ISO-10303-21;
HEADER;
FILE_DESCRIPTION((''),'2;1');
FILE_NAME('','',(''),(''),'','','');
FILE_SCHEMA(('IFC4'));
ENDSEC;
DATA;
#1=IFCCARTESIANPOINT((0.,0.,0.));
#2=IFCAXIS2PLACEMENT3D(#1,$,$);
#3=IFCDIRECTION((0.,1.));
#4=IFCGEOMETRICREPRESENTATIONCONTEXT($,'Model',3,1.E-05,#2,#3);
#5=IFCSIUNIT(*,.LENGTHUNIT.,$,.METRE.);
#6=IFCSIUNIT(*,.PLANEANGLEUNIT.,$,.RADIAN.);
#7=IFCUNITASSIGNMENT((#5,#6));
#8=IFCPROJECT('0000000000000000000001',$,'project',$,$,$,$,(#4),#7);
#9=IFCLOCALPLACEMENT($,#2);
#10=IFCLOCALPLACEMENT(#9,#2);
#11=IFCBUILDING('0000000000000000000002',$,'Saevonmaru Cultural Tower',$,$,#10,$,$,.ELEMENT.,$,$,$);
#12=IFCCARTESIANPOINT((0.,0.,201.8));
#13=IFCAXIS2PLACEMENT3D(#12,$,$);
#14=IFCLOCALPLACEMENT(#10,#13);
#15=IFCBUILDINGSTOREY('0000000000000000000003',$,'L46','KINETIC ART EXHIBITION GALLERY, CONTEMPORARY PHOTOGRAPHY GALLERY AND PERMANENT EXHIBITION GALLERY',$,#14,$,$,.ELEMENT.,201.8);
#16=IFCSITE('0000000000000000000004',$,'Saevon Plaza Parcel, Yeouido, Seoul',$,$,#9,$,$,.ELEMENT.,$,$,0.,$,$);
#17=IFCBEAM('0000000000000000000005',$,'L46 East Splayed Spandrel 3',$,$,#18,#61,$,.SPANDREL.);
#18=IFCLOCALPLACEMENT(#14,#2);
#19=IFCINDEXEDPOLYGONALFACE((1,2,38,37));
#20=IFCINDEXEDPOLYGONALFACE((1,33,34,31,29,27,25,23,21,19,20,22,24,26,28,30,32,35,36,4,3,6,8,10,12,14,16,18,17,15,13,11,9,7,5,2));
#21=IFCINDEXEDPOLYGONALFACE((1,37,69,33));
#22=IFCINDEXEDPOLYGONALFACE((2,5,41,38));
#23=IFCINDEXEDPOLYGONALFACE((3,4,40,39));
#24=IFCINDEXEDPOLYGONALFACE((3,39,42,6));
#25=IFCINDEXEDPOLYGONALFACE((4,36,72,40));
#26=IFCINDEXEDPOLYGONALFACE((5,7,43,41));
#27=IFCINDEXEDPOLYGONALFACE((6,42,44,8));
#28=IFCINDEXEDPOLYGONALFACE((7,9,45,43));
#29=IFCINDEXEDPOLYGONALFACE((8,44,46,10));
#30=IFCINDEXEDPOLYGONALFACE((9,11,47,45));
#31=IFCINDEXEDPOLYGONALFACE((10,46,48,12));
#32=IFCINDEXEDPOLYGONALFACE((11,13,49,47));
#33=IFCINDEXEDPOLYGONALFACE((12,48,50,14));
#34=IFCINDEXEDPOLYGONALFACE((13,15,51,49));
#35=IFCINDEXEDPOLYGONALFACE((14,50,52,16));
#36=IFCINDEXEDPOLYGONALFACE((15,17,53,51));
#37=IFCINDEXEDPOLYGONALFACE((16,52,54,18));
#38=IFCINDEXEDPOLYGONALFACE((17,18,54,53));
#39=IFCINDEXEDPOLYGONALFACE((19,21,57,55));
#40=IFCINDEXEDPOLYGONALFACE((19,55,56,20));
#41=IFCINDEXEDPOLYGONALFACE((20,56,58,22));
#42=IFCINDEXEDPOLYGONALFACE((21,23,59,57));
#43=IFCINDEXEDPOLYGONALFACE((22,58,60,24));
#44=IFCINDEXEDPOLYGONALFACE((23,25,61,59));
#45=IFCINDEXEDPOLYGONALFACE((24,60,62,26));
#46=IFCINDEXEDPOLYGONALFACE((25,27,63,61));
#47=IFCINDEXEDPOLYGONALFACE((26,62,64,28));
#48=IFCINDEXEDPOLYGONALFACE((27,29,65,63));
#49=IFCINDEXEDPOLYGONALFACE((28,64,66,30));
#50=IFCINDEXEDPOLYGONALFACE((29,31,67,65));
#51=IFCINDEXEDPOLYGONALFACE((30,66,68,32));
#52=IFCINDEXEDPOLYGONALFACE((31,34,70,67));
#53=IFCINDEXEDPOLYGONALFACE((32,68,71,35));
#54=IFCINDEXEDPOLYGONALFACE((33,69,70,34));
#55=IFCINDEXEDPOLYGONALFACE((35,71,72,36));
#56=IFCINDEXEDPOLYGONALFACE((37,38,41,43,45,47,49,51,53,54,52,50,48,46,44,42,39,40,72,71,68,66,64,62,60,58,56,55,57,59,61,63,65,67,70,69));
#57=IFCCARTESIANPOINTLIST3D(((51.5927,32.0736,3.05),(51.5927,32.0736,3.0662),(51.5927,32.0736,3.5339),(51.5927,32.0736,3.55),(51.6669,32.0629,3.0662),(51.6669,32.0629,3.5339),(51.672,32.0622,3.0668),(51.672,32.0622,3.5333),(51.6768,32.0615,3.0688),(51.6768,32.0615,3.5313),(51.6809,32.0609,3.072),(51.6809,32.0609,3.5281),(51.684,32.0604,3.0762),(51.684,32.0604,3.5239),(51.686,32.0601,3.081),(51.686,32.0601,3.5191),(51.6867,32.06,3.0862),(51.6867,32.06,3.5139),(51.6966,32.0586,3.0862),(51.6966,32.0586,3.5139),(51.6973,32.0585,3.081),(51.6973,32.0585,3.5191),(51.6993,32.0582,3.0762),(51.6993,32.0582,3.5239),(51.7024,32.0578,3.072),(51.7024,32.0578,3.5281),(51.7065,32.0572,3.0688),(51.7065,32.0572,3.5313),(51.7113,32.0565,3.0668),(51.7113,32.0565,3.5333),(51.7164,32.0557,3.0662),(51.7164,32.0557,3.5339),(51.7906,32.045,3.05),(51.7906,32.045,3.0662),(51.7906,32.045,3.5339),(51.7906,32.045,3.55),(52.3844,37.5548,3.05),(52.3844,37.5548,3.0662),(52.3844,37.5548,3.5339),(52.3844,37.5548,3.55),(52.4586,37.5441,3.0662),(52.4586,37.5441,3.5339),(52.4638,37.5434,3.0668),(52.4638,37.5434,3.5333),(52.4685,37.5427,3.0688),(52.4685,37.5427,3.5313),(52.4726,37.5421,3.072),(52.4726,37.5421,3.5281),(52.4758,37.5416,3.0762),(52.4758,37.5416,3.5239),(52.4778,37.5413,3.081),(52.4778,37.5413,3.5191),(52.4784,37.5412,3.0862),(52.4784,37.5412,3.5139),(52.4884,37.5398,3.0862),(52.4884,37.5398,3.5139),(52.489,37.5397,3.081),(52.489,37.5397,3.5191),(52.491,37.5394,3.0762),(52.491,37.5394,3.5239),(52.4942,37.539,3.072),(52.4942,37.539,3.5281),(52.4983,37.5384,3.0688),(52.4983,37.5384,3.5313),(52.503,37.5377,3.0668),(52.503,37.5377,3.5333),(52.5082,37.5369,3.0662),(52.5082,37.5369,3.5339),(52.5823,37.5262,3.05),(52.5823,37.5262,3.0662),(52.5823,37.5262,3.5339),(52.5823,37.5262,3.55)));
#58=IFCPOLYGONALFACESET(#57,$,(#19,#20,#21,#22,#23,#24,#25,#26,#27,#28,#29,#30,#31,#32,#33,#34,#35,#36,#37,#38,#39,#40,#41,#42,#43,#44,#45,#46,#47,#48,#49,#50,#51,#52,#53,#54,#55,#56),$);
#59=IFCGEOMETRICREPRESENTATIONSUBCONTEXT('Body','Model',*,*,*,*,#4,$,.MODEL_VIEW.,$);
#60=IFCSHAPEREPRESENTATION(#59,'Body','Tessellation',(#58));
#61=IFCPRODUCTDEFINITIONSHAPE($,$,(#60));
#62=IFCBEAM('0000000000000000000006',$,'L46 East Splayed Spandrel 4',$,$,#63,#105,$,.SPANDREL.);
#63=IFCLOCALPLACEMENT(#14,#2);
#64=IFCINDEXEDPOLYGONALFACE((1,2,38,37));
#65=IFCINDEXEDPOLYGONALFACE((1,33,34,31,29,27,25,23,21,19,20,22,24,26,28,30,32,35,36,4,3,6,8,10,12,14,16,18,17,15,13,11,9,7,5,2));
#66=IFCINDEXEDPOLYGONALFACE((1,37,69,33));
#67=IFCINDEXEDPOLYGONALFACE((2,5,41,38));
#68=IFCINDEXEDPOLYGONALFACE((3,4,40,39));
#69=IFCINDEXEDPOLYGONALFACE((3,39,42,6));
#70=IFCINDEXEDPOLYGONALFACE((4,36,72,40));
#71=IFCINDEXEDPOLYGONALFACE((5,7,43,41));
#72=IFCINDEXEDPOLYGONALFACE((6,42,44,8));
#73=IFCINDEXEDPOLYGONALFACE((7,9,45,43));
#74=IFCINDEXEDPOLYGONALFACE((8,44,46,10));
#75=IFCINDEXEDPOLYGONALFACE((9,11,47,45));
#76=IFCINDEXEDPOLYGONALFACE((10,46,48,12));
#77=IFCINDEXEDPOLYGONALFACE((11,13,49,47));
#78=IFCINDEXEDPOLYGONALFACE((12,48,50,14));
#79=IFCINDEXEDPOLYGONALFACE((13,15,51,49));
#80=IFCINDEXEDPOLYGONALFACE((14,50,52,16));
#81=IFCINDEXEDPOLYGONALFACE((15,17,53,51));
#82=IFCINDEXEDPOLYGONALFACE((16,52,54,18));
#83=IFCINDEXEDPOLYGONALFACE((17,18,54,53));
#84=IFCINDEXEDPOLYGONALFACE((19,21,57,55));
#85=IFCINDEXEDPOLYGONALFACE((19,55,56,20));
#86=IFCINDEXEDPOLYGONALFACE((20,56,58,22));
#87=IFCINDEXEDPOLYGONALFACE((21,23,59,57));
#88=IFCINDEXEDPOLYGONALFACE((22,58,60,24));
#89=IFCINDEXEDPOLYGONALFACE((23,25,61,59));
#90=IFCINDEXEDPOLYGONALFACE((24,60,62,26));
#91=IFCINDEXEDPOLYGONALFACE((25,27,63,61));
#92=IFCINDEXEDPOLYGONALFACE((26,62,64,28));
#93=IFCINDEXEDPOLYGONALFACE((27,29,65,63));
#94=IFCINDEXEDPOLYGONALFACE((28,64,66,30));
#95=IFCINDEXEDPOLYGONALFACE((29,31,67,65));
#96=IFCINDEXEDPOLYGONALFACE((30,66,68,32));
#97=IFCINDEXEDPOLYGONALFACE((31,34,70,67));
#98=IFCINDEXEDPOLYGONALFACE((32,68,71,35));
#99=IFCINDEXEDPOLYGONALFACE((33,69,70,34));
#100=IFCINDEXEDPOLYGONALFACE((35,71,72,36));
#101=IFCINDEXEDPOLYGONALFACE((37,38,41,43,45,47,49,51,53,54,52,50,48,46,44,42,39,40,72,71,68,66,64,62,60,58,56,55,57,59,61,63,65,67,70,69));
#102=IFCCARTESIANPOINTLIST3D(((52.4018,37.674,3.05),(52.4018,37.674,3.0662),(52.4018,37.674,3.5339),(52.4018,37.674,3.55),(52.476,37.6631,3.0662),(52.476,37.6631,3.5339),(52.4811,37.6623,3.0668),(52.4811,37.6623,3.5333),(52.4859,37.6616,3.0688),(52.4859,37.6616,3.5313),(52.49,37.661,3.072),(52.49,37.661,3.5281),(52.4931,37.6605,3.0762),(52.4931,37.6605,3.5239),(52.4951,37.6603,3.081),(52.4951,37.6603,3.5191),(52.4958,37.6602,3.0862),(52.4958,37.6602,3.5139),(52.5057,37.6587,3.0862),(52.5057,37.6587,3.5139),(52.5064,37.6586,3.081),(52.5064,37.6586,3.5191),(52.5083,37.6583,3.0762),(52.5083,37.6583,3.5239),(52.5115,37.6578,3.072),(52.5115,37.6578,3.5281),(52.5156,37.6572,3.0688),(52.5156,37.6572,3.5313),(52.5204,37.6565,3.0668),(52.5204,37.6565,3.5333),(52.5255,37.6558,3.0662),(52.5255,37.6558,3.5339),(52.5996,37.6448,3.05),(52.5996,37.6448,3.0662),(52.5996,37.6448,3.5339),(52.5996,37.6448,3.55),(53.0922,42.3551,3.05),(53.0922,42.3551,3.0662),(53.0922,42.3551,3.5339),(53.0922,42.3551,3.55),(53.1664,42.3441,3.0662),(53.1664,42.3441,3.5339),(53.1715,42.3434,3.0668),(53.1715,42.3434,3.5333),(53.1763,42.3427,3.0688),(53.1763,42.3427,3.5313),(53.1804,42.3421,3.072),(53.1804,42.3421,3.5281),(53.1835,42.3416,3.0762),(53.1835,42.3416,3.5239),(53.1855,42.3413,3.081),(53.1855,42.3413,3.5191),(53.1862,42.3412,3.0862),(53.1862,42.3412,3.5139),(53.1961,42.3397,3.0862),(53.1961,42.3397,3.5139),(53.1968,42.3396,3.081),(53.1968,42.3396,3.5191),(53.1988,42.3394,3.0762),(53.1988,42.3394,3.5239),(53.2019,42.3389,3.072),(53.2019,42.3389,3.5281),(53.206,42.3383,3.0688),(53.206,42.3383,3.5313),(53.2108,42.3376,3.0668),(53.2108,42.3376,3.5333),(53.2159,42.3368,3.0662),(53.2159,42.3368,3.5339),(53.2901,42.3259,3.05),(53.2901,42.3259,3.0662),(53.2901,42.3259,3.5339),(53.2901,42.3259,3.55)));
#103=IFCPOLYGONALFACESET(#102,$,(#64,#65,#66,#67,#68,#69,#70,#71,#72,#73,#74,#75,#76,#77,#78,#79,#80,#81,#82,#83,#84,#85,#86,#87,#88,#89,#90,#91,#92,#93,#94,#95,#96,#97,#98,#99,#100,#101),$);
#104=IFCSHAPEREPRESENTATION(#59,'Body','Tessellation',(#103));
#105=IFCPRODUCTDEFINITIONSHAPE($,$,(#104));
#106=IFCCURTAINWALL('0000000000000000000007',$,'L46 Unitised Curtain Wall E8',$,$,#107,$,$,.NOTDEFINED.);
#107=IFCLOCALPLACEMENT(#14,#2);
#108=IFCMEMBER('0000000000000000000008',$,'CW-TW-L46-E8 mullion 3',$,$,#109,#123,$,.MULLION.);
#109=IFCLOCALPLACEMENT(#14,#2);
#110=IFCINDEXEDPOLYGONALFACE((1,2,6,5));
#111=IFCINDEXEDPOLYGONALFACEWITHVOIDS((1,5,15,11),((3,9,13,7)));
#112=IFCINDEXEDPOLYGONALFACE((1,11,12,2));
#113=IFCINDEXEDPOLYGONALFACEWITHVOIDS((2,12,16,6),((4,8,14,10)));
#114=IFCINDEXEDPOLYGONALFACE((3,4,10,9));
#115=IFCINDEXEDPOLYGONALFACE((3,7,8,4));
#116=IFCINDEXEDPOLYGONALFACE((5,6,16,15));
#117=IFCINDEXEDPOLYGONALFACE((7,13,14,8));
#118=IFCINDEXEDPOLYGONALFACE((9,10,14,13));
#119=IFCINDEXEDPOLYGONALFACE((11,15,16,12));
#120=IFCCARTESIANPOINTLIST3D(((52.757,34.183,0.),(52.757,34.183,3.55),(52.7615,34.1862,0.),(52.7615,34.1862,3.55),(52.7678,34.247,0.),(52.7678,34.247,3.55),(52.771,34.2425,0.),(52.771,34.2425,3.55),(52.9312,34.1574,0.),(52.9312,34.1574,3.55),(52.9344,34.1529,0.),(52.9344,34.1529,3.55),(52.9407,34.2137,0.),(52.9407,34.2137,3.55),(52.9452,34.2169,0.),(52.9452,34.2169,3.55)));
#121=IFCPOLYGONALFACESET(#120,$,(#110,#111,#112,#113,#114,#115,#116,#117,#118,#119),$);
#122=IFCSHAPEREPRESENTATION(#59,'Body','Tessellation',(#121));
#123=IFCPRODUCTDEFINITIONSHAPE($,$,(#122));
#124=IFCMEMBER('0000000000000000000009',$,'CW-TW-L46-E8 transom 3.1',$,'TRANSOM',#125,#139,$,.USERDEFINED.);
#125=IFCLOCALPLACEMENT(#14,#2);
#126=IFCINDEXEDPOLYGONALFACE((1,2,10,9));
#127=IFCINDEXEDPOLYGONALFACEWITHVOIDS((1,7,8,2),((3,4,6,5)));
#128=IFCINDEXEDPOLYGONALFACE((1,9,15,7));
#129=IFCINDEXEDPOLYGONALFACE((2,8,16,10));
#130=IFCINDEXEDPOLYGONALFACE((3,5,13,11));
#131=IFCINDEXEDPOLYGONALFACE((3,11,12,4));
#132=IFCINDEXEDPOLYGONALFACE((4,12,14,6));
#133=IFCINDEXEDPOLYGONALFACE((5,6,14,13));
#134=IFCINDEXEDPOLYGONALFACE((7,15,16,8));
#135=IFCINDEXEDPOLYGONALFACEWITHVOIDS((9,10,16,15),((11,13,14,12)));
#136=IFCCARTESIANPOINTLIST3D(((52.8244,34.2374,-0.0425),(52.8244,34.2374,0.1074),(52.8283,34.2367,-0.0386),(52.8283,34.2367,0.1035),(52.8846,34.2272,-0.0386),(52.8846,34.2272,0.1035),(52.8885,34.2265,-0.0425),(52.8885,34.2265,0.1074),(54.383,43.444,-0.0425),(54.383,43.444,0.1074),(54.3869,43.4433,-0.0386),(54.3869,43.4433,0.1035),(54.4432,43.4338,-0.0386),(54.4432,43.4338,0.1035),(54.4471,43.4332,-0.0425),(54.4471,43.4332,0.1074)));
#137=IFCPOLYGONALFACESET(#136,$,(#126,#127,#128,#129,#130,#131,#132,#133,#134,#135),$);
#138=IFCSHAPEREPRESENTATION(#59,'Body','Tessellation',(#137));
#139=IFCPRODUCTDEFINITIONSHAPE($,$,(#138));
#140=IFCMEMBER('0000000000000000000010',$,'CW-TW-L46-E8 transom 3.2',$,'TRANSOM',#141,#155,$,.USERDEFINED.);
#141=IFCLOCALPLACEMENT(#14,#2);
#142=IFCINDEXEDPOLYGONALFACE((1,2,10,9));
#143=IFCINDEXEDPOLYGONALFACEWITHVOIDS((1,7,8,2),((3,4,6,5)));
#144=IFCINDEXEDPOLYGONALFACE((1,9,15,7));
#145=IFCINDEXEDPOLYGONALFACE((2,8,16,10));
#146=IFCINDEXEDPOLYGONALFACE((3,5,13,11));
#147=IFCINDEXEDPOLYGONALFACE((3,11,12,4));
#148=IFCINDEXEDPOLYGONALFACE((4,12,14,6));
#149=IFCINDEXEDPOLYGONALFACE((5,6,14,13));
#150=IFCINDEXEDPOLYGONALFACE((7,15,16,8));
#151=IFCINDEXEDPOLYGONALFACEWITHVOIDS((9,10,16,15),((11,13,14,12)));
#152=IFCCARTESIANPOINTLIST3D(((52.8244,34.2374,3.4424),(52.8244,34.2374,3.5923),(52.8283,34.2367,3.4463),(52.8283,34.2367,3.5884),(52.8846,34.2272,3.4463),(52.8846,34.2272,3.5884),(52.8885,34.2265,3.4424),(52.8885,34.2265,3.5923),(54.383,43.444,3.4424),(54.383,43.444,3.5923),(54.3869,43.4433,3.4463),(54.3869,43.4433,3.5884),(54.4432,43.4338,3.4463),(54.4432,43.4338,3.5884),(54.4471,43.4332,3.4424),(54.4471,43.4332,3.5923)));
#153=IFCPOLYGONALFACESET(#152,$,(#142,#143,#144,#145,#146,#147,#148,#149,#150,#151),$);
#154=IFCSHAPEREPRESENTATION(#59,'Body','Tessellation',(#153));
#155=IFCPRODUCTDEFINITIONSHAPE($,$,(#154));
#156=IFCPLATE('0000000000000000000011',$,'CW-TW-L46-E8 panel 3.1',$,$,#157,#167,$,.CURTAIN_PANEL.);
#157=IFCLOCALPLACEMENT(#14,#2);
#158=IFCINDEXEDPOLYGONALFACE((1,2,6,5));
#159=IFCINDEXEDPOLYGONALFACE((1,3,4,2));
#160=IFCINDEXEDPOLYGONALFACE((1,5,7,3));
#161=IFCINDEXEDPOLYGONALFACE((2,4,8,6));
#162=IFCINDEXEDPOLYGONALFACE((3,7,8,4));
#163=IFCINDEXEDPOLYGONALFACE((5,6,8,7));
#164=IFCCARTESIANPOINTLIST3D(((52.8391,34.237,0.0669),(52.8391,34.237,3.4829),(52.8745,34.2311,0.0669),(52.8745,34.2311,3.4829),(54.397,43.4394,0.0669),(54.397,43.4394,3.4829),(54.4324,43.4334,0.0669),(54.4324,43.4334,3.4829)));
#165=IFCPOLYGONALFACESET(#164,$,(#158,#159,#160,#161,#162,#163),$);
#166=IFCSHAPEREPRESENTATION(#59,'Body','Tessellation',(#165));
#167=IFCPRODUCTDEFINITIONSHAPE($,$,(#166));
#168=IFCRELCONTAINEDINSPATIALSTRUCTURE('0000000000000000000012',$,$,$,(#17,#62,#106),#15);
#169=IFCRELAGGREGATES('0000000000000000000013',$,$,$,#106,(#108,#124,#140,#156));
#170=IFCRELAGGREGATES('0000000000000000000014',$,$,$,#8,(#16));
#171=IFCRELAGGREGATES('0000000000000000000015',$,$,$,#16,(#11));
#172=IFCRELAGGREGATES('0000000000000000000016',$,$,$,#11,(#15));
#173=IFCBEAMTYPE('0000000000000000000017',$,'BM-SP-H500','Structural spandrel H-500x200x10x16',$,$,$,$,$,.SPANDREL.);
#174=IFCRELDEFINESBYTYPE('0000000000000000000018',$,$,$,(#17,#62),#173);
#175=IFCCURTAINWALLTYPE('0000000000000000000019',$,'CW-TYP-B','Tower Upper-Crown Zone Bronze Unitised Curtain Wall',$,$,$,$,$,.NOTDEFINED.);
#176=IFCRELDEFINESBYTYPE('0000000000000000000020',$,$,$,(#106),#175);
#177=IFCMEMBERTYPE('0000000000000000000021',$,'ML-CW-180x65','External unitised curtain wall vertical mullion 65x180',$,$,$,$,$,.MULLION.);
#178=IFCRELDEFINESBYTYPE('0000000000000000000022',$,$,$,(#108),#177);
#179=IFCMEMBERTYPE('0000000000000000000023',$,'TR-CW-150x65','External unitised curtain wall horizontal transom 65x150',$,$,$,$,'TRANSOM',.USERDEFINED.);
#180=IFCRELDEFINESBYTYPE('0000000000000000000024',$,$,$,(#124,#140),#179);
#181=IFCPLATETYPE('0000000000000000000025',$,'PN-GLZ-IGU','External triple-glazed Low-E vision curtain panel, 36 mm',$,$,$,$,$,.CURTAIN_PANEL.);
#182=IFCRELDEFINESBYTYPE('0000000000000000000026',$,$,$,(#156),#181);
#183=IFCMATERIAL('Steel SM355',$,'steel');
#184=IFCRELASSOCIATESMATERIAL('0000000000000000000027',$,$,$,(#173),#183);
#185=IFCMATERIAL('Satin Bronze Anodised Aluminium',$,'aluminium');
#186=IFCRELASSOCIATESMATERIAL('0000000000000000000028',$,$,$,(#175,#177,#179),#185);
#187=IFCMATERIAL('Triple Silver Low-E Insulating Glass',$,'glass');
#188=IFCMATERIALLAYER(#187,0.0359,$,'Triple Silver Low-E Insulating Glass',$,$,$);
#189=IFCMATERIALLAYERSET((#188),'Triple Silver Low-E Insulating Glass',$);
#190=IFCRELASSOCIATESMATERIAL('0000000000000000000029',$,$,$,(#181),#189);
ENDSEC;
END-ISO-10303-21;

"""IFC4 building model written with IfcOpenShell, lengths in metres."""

from ifc_helpers import new_model, si_unit, direction, frame, origin, origin_2d, place, context, subcontext, project, spatial, rectangle, hollow_rectangle, i_section, extrude, material, layer, layer_set, material_profile, profile_set, type_object, element, aggregate, save


model = new_model("IFC4")

# Units and contexts
model_context = context("Model", 3, precision=1e-05, world=origin(), true_north=direction((0.0, 1.0)))
body_context = subcontext(model_context, "Body", "Model", "MODEL_VIEW")
ifc_project = project(units=[si_unit("LENGTHUNIT", "METRE"), si_unit("PLANEANGLEUNIT", "RADIAN")], contexts=[model_context])

# Site, building, storey
site_placement = place(None, origin())
site = spatial("IfcSite", under=ifc_project, at=site_placement, Name="Saevon Plaza Parcel, Yeouido, Seoul", CompositionType="ELEMENT", RefElevation=0.0)
building_placement = place(site_placement, origin())
building = spatial("IfcBuilding", under=site, at=building_placement, Name="Saevonmaru Cultural Tower", CompositionType="ELEMENT")
storey_placement = place(building_placement, frame((0.0, 0.0, 201.8)))
storey = spatial("IfcBuildingStorey", under=building, at=storey_placement, Name="L46", Description="KINETIC ART EXHIBITION GALLERY, CONTEMPORARY PHOTOGRAPHY GALLERY AND PERMANENT EXHIBITION GALLERY", CompositionType="ELEMENT", Elevation=201.8)

# Shared definitions
ifc_material_1 = material(Name="Steel SM355", Category="steel")

# Beams
ifc_material_profile_1 = material_profile(ifc_material_1, i_section(OverallWidth=0.2, OverallDepth=0.5, WebThickness=0.01, FlangeThickness=0.0161, FilletRadius=0.02, at=origin_2d()), Name="H-500x200x10x16")
ifc_profile_set_1 = profile_set([ifc_material_profile_1], Name="Steel SM355")
beam_type_1 = type_object("IfcBeamType", Name="BM-SP-H500", Description="Structural spandrel H-500x200x10x16", PredefinedType="SPANDREL", material=ifc_profile_set_1)
beam_1_placement = place(storey_placement, frame((51.6917, 32.0593, 3.3), z_axis=(0.142964, 0.989728, 0.0), x_axis=(-0.989728, 0.142964, 0.0)))
element("IfcBeam", 1, at=beam_1_placement, inside=storey, type_object=beam_type_1, Name="L46 East Splayed Spandrel 3", PredefinedType="SPANDREL", context=body_context, shape_type="SweptSolid", body=[
    extrude(i_section(OverallWidth=0.2, OverallDepth=0.5, WebThickness=0.01, FlangeThickness=0.0161, FilletRadius=0.02, at=origin_2d()), origin(), (0.0, 0.0, 1.0), 5.5381),
])
beam_2_placement = place(storey_placement, frame((52.5007, 37.6594, 3.3), z_axis=(0.145913, 0.989297, 0.0), x_axis=(-0.989297, 0.145913, 0.0)))
element("IfcBeam", 2, at=beam_2_placement, inside=storey, type_object=beam_type_1, Name="L46 East Splayed Spandrel 4", PredefinedType="SPANDREL", context=body_context, shape_type="SweptSolid", body=[
    extrude(i_section(OverallWidth=0.2, OverallDepth=0.5, WebThickness=0.01, FlangeThickness=0.0161, FilletRadius=0.02, at=origin_2d()), origin(), (0.0, 0.0, 1.0), 4.7317),
])

# Curtain wall, members, plate
ifc_material_2 = material(Name="Satin Bronze Anodised Aluminium", Category="aluminium")
curtain_wall_type = type_object("IfcCurtainWallType", Name="CW-TYP-B", Description="Tower Upper-Crown Zone Bronze Unitised Curtain Wall", PredefinedType="NOTDEFINED", material=ifc_material_2)
curtain_wall_placement = place(storey_placement, origin())
curtain_wall = element("IfcCurtainWall", 3, at=curtain_wall_placement, inside=storey, type_object=curtain_wall_type, Name="L46 Unitised Curtain Wall E8", PredefinedType="NOTDEFINED")
ifc_material_profile_2 = material_profile(ifc_material_2, hollow_rectangle(XDim=0.0649, YDim=0.1799, WallThickness=0.0039, at=origin_2d()), Name="ALU-MULL-180x65x4")
ifc_profile_set_2 = profile_set([ifc_material_profile_2], Name="Satin Bronze Anodised Aluminium")
member_type_1 = type_object("IfcMemberType", Name="ML-CW-180x65", Description="External unitised curtain wall vertical mullion 65x180", PredefinedType="MULLION", material=ifc_profile_set_2)
member_1_placement = place(storey_placement, frame((52.8511, 34.2, 0.0), z_axis=(0.0, 0.0, 1.0), x_axis=(0.166922, 0.98597, 0.0)))
member_1 = element("IfcMember", 4, at=member_1_placement, type_object=member_type_1, Name="CW-TW-L46-E8 mullion 3", PredefinedType="MULLION", context=body_context, shape_type="SweptSolid", body=[
    extrude(hollow_rectangle(XDim=0.0649, YDim=0.1799, WallThickness=0.0039, at=origin_2d()), origin(), (0.0, 0.0, 1.0), 3.55),
])
ifc_material_profile_3 = material_profile(ifc_material_2, hollow_rectangle(XDim=0.0649, YDim=0.1499, WallThickness=0.0039, at=origin_2d()), Name="ALU-TRAN-150x65x4")
ifc_profile_set_3 = profile_set([ifc_material_profile_3], Name="Satin Bronze Anodised Aluminium")
member_type_2 = type_object("IfcMemberType", Name="TR-CW-150x65", Description="External unitised curtain wall horizontal transom 65x150", ElementType="TRANSOM", PredefinedType="USERDEFINED", material=ifc_profile_set_3)
member_2_placement = place(storey_placement, frame((52.8564, 34.2319, 0.0325), z_axis=(0.166917, 0.985971, 0.0), x_axis=(-0.985971, 0.166917, 0.0)))
member_2 = element("IfcMember", 5, at=member_2_placement, type_object=member_type_2, Name="CW-TW-L46-E8 transom 3.1", ObjectType="TRANSOM", PredefinedType="USERDEFINED", context=body_context, shape_type="SweptSolid", body=[
    extrude(hollow_rectangle(XDim=0.0649, YDim=0.1499, WallThickness=0.0039, at=origin_2d()), origin(), (0.0, 0.0, 1.0), 9.3376),
])
member_3_placement = place(storey_placement, frame((52.8564, 34.2319, 3.5173), z_axis=(0.166917, 0.985971, 0.0), x_axis=(-0.985971, 0.166917, 0.0)))
member_3 = element("IfcMember", 6, at=member_3_placement, type_object=member_type_2, Name="CW-TW-L46-E8 transom 3.2", ObjectType="TRANSOM", PredefinedType="USERDEFINED", context=body_context, shape_type="SweptSolid", body=[
    extrude(hollow_rectangle(XDim=0.0649, YDim=0.1499, WallThickness=0.0039, at=origin_2d()), origin(), (0.0, 0.0, 1.0), 9.3376),
])
ifc_material_3 = material(Name="Triple Silver Low-E Insulating Glass", Category="glass")
ifc_layer_1 = layer(ifc_material_3, 0.0359, Name="Triple Silver Low-E Insulating Glass")
ifc_layer_set_1 = layer_set([ifc_layer_1], Name="Triple Silver Low-E Insulating Glass")
plate_type = type_object("IfcPlateType", Name="PN-GLZ-IGU", Description="External triple-glazed Low-E vision curtain panel, 36 mm", PredefinedType="CURTAIN_PANEL", material=ifc_layer_set_1)
plate_placement = place(storey_placement, frame((53.6357, 38.8352, 0.0669), z_axis=(0.0, 0.0, 1.0), x_axis=(0.166922, 0.98597, 0.0)))
plate = element("IfcPlate", 7, at=plate_placement, type_object=plate_type, Name="CW-TW-L46-E8 panel 3.1", PredefinedType="CURTAIN_PANEL", context=body_context, shape_type="SweptSolid", body=[
    extrude(rectangle(XDim=9.3333, YDim=0.0359, at=origin_2d()), origin(), (0.0, 0.0, 1.0), 3.416),
])
aggregate(curtain_wall, [member_1, member_2, member_3, plate])

save(model, "model.ifc")
